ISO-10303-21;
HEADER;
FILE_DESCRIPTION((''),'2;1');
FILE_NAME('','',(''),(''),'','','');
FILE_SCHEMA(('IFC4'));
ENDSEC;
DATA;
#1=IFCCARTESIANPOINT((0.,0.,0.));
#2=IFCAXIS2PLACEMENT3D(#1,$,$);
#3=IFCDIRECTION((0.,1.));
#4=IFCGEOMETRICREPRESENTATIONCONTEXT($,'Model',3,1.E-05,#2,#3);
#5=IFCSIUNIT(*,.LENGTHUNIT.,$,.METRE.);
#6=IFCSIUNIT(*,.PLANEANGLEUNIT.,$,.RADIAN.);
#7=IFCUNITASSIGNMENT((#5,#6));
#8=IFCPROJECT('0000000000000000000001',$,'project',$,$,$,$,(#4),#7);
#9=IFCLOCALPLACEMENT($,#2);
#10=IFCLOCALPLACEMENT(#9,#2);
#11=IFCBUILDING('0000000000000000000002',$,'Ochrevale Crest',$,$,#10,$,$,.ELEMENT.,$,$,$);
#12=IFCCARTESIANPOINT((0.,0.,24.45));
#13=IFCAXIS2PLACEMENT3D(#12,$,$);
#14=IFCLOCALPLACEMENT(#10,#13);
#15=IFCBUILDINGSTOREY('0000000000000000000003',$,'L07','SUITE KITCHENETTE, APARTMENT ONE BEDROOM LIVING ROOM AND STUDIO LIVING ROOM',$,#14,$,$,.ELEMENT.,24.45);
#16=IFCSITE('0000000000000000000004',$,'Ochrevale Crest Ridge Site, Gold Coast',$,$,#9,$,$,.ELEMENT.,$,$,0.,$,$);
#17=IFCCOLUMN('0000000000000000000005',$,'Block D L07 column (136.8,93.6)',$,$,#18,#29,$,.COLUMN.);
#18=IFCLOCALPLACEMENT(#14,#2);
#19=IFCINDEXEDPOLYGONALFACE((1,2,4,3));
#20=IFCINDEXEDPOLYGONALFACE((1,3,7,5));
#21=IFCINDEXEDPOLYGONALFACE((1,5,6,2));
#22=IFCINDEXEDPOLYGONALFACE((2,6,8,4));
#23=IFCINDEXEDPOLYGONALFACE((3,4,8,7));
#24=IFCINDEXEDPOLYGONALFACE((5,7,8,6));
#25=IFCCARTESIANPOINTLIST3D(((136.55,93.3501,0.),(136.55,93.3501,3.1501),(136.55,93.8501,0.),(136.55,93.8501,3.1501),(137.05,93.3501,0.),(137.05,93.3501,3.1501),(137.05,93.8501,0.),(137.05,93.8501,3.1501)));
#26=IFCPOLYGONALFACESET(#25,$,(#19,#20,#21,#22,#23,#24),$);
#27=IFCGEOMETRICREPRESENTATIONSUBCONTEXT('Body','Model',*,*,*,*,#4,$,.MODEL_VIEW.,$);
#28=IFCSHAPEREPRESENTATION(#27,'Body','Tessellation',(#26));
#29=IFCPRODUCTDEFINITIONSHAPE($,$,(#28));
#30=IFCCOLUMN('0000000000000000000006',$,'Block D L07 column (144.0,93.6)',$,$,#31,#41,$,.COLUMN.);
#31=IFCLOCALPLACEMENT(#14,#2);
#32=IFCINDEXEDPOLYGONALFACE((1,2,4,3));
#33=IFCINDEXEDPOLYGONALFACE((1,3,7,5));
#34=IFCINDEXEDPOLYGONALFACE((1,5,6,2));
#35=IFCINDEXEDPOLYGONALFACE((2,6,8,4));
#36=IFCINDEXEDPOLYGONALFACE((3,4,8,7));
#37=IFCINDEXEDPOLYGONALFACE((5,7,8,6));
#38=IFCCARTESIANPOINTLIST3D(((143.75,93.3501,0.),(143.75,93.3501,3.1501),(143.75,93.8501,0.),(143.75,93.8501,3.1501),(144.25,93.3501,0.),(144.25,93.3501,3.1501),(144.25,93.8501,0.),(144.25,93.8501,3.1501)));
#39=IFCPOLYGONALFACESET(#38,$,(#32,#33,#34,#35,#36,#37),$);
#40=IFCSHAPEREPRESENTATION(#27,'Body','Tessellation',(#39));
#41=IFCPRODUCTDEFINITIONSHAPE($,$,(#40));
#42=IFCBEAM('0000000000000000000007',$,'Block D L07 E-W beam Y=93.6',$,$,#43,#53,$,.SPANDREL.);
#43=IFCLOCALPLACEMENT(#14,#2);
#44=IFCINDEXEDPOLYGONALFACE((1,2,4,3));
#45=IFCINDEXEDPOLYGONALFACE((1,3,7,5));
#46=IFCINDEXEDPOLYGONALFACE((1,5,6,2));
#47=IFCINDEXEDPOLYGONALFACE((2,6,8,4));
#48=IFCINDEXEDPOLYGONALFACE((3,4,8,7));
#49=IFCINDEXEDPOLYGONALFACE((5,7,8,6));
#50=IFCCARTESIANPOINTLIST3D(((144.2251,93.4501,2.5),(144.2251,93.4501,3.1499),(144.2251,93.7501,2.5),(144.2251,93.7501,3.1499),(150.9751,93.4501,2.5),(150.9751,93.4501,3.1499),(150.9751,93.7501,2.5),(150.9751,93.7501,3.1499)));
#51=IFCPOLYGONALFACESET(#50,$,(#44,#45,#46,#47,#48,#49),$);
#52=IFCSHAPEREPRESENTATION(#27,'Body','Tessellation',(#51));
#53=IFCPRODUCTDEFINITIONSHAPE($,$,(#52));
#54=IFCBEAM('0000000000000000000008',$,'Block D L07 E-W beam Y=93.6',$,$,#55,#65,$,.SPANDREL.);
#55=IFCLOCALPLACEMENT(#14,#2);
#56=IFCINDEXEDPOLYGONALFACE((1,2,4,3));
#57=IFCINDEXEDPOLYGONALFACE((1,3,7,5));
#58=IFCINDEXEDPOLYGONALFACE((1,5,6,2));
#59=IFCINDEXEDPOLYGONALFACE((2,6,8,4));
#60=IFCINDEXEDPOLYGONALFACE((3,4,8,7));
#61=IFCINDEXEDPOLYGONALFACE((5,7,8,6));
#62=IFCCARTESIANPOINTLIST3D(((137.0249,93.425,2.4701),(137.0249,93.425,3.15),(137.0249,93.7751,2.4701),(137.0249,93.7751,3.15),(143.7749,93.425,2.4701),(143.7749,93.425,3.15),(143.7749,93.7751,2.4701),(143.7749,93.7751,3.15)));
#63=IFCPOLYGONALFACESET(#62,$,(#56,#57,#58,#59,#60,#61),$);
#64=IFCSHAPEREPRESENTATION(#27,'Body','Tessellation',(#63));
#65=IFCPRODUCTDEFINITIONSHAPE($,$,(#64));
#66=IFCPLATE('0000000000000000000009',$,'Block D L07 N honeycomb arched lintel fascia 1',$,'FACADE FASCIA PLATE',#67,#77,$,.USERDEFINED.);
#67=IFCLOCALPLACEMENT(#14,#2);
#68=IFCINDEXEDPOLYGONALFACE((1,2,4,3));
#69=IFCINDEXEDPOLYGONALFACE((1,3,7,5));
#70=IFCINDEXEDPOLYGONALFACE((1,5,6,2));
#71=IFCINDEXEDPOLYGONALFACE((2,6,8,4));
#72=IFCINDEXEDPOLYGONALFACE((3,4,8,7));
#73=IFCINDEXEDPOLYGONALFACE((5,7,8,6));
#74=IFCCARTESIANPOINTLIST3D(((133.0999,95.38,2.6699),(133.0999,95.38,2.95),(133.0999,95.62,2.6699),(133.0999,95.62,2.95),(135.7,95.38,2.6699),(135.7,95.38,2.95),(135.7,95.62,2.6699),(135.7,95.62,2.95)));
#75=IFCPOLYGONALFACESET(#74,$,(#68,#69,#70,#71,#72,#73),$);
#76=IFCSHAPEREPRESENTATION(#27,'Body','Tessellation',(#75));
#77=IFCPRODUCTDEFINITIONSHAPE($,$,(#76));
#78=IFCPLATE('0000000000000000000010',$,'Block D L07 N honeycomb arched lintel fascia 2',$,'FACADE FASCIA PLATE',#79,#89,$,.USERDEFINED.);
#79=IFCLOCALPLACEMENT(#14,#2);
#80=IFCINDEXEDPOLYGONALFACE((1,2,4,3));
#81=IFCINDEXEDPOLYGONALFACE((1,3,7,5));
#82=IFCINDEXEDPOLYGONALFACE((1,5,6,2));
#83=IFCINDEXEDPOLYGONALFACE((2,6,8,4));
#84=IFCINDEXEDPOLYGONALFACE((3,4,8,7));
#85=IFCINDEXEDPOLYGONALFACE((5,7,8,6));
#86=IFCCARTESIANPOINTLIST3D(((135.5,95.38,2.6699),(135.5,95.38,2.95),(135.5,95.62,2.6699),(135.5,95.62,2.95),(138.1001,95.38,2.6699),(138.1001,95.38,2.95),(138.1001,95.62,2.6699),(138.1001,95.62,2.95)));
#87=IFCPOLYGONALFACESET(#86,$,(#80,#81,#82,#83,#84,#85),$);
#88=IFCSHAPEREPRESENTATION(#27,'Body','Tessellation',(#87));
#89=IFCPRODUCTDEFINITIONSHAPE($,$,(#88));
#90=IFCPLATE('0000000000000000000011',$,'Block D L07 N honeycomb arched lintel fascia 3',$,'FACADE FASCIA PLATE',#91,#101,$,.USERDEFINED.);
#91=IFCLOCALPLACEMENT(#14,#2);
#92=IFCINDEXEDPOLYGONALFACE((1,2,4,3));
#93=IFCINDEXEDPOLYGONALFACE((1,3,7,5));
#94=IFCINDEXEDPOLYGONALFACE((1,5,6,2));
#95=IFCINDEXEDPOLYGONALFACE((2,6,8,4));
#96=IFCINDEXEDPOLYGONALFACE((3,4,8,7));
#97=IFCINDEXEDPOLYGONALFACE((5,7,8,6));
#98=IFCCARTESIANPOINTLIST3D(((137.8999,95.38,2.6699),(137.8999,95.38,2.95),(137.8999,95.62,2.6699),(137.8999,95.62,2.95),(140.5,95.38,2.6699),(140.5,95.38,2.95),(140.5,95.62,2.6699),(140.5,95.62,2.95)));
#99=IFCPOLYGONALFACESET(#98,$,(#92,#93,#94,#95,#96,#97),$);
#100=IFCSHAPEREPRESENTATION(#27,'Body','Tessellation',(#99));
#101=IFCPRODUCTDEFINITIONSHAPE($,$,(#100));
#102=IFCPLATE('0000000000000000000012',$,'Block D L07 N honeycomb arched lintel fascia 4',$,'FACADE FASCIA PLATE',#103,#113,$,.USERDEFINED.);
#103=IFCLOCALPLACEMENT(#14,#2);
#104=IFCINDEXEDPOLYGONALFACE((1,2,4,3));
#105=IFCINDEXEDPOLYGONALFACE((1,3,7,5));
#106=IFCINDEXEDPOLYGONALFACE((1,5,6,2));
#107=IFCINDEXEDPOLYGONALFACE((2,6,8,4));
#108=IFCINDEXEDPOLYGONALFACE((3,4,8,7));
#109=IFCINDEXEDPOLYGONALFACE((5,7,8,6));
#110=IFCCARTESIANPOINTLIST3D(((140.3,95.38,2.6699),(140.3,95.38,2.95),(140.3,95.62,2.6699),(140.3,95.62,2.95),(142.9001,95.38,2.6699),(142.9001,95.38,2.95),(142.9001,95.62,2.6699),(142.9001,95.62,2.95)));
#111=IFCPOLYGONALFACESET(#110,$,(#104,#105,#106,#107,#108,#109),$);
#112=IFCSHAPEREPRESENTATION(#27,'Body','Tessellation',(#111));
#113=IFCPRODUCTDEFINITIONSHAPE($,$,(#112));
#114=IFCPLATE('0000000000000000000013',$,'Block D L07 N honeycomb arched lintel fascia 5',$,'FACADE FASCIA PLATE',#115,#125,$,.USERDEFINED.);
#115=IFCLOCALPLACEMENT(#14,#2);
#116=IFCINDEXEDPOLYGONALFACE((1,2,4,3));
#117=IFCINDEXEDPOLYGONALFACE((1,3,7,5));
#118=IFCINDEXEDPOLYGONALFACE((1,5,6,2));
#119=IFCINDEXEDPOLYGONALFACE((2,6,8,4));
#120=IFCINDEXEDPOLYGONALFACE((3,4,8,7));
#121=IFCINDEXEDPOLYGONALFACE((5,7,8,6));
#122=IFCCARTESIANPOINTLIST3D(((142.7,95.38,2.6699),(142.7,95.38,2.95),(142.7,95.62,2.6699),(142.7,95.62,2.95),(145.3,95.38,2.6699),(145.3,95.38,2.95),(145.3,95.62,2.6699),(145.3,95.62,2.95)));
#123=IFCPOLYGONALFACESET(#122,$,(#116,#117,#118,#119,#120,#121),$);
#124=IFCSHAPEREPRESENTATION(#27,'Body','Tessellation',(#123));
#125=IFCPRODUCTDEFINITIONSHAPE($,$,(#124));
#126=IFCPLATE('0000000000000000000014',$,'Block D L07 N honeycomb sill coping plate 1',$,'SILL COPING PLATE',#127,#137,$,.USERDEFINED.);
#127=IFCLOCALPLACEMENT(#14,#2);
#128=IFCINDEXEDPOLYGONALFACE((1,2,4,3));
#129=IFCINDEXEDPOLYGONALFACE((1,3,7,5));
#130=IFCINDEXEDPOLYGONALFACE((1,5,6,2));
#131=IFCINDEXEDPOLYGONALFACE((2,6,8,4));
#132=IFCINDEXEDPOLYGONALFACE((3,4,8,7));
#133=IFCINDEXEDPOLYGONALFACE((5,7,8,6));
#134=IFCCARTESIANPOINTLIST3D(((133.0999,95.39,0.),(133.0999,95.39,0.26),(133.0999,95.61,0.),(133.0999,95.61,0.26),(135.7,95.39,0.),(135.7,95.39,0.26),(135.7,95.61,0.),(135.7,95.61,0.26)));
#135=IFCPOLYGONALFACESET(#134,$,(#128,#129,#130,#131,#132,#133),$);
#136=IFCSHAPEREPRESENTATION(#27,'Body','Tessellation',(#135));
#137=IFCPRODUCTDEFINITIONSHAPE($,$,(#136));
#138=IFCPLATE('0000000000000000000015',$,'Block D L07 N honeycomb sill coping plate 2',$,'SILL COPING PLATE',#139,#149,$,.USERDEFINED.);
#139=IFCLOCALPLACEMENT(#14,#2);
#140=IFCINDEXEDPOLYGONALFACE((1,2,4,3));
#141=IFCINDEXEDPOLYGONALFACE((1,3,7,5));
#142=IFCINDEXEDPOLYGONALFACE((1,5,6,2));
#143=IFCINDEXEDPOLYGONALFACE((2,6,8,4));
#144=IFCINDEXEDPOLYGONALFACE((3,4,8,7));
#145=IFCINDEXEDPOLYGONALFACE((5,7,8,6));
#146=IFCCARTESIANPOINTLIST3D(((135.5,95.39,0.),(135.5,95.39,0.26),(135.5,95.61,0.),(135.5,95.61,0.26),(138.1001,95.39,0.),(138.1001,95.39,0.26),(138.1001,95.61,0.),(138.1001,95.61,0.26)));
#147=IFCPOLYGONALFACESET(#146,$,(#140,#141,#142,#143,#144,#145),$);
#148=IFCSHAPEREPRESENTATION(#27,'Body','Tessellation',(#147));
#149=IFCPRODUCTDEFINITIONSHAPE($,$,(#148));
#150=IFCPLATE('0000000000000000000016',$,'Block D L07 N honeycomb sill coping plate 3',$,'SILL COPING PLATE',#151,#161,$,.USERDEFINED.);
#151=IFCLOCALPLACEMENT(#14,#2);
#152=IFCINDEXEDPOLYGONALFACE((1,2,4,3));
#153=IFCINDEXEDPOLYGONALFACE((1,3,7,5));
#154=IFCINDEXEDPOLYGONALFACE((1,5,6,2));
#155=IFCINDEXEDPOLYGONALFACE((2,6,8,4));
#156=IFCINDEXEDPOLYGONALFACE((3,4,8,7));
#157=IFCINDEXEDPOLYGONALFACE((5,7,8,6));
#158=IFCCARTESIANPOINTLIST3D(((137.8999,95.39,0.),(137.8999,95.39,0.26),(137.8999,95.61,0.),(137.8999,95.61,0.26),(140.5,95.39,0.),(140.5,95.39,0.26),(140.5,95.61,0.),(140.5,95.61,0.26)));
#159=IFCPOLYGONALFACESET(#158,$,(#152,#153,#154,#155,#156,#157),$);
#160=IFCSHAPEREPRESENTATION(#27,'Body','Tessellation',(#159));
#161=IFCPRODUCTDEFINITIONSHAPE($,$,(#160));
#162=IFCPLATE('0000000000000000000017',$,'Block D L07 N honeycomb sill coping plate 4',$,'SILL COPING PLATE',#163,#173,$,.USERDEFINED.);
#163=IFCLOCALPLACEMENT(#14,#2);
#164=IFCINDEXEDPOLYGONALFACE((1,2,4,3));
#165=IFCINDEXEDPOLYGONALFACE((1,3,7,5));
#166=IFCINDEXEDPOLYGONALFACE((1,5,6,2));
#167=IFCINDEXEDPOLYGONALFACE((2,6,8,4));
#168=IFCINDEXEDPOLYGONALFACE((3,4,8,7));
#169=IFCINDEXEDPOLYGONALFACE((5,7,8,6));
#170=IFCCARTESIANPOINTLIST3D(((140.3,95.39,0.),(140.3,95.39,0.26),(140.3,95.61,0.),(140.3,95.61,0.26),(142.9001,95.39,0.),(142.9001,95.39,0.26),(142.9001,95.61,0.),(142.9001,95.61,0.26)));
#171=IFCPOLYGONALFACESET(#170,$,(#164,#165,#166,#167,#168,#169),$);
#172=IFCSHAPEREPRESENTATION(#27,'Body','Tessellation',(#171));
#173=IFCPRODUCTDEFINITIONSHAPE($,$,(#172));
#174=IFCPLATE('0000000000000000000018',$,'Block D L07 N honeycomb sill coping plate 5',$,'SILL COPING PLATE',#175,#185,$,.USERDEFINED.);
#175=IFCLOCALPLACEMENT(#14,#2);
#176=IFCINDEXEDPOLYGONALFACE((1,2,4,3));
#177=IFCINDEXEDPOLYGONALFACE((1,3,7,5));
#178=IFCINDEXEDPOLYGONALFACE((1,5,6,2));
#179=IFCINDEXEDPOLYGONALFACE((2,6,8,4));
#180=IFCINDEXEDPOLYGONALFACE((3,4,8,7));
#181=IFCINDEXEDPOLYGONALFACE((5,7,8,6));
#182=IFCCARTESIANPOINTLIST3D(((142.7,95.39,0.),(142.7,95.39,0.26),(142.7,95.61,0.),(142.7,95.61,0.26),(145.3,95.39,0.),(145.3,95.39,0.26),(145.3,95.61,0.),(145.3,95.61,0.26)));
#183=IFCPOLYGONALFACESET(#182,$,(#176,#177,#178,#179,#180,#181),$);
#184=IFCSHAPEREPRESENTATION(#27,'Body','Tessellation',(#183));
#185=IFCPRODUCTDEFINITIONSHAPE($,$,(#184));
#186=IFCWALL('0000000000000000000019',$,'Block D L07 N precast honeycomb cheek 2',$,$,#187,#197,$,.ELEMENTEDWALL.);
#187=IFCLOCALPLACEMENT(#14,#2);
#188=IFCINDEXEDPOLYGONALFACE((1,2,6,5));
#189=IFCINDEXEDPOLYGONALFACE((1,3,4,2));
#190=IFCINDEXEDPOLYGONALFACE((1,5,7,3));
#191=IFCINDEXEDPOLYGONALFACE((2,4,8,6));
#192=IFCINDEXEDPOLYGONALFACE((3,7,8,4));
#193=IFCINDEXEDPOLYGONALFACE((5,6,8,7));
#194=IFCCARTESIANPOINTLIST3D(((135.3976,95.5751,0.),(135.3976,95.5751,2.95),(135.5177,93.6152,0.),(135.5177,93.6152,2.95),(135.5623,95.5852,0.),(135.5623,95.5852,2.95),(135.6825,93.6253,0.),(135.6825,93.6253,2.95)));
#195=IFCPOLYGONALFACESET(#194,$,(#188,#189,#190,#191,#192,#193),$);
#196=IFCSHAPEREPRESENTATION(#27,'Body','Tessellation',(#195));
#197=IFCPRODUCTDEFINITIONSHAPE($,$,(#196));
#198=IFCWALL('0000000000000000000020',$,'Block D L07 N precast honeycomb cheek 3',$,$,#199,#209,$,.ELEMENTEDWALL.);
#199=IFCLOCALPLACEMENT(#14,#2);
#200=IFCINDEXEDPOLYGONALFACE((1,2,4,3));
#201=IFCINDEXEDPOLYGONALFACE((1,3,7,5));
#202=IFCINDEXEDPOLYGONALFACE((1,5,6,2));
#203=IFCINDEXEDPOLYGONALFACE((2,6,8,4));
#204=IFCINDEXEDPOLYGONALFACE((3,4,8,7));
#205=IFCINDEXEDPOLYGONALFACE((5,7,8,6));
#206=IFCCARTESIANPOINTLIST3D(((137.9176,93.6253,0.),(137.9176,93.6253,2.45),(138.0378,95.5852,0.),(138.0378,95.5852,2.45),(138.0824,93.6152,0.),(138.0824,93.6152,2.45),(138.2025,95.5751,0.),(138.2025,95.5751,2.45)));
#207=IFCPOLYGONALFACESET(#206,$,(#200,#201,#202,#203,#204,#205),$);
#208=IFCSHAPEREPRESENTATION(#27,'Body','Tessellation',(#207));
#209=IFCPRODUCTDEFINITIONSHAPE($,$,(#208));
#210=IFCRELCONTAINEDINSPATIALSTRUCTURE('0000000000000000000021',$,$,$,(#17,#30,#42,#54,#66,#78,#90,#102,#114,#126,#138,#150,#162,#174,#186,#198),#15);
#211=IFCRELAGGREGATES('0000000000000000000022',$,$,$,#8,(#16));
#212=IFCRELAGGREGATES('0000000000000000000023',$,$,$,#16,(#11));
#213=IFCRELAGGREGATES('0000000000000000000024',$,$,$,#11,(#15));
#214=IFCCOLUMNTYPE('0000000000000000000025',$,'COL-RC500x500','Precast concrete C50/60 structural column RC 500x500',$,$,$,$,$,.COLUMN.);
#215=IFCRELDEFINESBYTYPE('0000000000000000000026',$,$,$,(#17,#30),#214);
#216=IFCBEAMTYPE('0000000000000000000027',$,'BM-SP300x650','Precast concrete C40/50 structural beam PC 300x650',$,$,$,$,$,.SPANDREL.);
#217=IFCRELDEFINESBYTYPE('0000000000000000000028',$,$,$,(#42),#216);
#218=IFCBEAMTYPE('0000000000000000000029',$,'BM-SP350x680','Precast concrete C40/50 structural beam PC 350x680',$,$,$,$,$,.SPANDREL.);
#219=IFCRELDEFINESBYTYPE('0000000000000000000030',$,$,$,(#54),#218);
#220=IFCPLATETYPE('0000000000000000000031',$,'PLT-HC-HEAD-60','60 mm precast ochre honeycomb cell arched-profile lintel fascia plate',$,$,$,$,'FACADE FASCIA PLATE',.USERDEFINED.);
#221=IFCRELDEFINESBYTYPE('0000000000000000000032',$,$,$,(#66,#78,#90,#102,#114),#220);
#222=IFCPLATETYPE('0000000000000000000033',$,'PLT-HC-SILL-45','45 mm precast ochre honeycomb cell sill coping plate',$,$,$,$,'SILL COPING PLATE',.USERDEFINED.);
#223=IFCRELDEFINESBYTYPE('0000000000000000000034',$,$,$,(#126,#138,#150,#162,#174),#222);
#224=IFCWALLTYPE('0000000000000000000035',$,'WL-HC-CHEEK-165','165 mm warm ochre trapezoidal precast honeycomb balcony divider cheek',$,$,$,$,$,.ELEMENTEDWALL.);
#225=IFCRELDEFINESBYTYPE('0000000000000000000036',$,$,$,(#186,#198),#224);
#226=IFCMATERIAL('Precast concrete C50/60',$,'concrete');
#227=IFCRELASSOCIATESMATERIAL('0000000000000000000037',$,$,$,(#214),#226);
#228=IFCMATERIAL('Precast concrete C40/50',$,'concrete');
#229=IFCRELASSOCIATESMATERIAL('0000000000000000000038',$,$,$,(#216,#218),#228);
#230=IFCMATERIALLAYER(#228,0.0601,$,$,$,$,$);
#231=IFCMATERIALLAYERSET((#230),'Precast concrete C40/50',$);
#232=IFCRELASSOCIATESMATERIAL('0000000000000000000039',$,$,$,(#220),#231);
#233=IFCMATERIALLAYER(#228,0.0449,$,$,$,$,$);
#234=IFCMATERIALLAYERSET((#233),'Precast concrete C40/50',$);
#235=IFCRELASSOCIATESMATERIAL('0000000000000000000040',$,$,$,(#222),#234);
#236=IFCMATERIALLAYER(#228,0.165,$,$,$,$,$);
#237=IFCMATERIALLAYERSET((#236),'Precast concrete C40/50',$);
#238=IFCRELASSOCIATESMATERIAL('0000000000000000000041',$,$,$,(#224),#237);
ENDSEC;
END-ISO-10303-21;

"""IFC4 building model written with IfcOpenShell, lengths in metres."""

from ifc_helpers import new_model, si_unit, direction, frame, frame_2d, origin, origin_2d, place, context, subcontext, project, spatial, rectangle, extrude, material, layer, layer_set, material_profile, profile_set, type_object, element, save


model = new_model("IFC4")

# Units and contexts
model_context = context("Model", 3, precision=1e-05, world=origin(), true_north=direction((0.0, 1.0)))
body_context = subcontext(model_context, "Body", "Model", "MODEL_VIEW")
ifc_project = project(units=[si_unit("LENGTHUNIT", "METRE"), si_unit("PLANEANGLEUNIT", "RADIAN")], contexts=[model_context])

# Site, building, storey
site_placement = place(None, origin())
site = spatial("IfcSite", under=ifc_project, at=site_placement, Name="Ochrevale Crest Ridge Site, Gold Coast", CompositionType="ELEMENT", RefElevation=0.0)
building_placement = place(site_placement, origin())
building = spatial("IfcBuilding", under=site, at=building_placement, Name="Ochrevale Crest", CompositionType="ELEMENT")
storey_placement = place(building_placement, frame((0.0, 0.0, 24.45)))
storey = spatial("IfcBuildingStorey", under=building, at=storey_placement, Name="L07", Description="SUITE KITCHENETTE, APARTMENT ONE BEDROOM LIVING ROOM AND STUDIO LIVING ROOM", CompositionType="ELEMENT", Elevation=24.45)

# Columns
ifc_material_1 = material(Name="Precast concrete C50/60", Category="concrete")
ifc_material_profile_1 = material_profile(ifc_material_1, rectangle(XDim=0.5, YDim=0.5, at=origin_2d()), Name="RC 500x500")
ifc_profile_set_1 = profile_set([ifc_material_profile_1], Name="Precast concrete C50/60")
column_type = type_object("IfcColumnType", Name="COL-RC500x500", Description="Precast concrete C50/60 structural column RC 500x500", PredefinedType="COLUMN", material=ifc_profile_set_1)
for number, where, z_axis, x_axis, name in (
    (1, (136.8, 93.6001, 0.0), (0.0, 0.0, 1.0), (1.0, 0.0, 0.0), "Block D L07 column (136.8,93.6)"),
    (2, (144.0, 93.6001, 0.0), (0.0, 0.0, 1.0), (1.0, 0.0, 0.0), "Block D L07 column (144.0,93.6)"),
):
    element("IfcColumn", number, at=place(storey_placement, frame(where, z_axis=z_axis, x_axis=x_axis)), inside=storey, type_object=column_type, Name=name, PredefinedType="COLUMN", context=body_context, shape_type="SweptSolid", body=[
        extrude(rectangle(XDim=0.5, YDim=0.5, at=origin_2d()), origin(), (0.0, 0.0, 1.0), 3.1501),
    ])

# Beams
ifc_material_2 = material(Name="Precast concrete C40/50", Category="concrete")
ifc_material_profile_2 = material_profile(ifc_material_2, rectangle(XDim=0.3, YDim=0.6499, at=origin_2d()), Name="PC 300x650")
ifc_profile_set_2 = profile_set([ifc_material_profile_2], Name="Precast concrete C40/50")
beam_type_1 = type_object("IfcBeamType", Name="BM-SP300x650", Description="Precast concrete C40/50 structural beam PC 300x650", PredefinedType="SPANDREL", material=ifc_profile_set_2)
beam_1_placement = place(storey_placement, frame((144.2251, 93.6001, 2.825), z_axis=(1.0, 0.0, 0.0), x_axis=(0.0, 1.0, 0.0)))
element("IfcBeam", 3, at=beam_1_placement, inside=storey, type_object=beam_type_1, Name="Block D L07 E-W beam Y=93.6", PredefinedType="SPANDREL", context=body_context, shape_type="SweptSolid", body=[
    extrude(rectangle(XDim=0.3, YDim=0.6499, at=origin_2d()), origin(), (0.0, 0.0, 1.0), 6.75),
])
ifc_material_profile_3 = material_profile(ifc_material_2, rectangle(XDim=0.3501, YDim=0.6799, at=origin_2d()), Name="PC 350x680")
ifc_profile_set_3 = profile_set([ifc_material_profile_3], Name="Precast concrete C40/50")
beam_type_2 = type_object("IfcBeamType", Name="BM-SP350x680", Description="Precast concrete C40/50 structural beam PC 350x680", PredefinedType="SPANDREL", material=ifc_profile_set_3)
beam_2_placement = place(storey_placement, frame((137.0249, 93.6001, 2.8101), z_axis=(1.0, 0.0, 0.0), x_axis=(0.0, 1.0, 0.0)))
element("IfcBeam", 4, at=beam_2_placement, inside=storey, type_object=beam_type_2, Name="Block D L07 E-W beam Y=93.6", PredefinedType="SPANDREL", context=body_context, shape_type="SweptSolid", body=[
    extrude(rectangle(XDim=0.3501, YDim=0.6799, at=origin_2d()), origin(), (0.0, 0.0, 1.0), 6.75),
])

# Plates
ifc_layer_1 = layer(ifc_material_2, 0.0601)
ifc_layer_set_1 = layer_set([ifc_layer_1], Name="Precast concrete C40/50")
plate_type_1 = type_object("IfcPlateType", Name="PLT-HC-HEAD-60", Description="60 mm precast ochre honeycomb cell arched-profile lintel fascia plate", ElementType="FACADE FASCIA PLATE", PredefinedType="USERDEFINED", material=ifc_layer_set_1)
for number, where, z_axis, x_axis, name in (
    (5, (134.3999, 95.5, 2.6699), (0.0, 0.0, 1.0), (1.0, 0.0, 0.0), "Block D L07 N honeycomb arched lintel fascia 1"),
    (6, (136.8, 95.5, 2.6699), (0.0, 0.0, 1.0), (1.0, 0.0, 0.0), "Block D L07 N honeycomb arched lintel fascia 2"),
    (7, (139.2, 95.5, 2.6699), (0.0, 0.0, 1.0), (1.0, 0.0, 0.0), "Block D L07 N honeycomb arched lintel fascia 3"),
    (8, (141.6001, 95.5, 2.6699), (0.0, 0.0, 1.0), (1.0, 0.0, 0.0), "Block D L07 N honeycomb arched lintel fascia 4"),
    (9, (144.0, 95.5, 2.6699), (0.0, 0.0, 1.0), (1.0, 0.0, 0.0), "Block D L07 N honeycomb arched lintel fascia 5"),
):
    element("IfcPlate", number, at=place(storey_placement, frame(where, z_axis=z_axis, x_axis=x_axis)), inside=storey, type_object=plate_type_1, Name=name, ObjectType="FACADE FASCIA PLATE", PredefinedType="USERDEFINED", context=body_context, shape_type="SweptSolid", body=[
        extrude(rectangle(XDim=2.6001, YDim=0.24, at=origin_2d()), origin(), (0.0, 0.0, 1.0), 0.28),
    ])
ifc_layer_2 = layer(ifc_material_2, 0.0449)
ifc_layer_set_2 = layer_set([ifc_layer_2], Name="Precast concrete C40/50")
plate_type_2 = type_object("IfcPlateType", Name="PLT-HC-SILL-45", Description="45 mm precast ochre honeycomb cell sill coping plate", ElementType="SILL COPING PLATE", PredefinedType="USERDEFINED", material=ifc_layer_set_2)
for number, where, z_axis, x_axis, name in (
    (10, (134.3999, 95.5, 0.0), (0.0, 0.0, 1.0), (1.0, 0.0, 0.0), "Block D L07 N honeycomb sill coping plate 1"),
    (11, (136.8, 95.5, 0.0), (0.0, 0.0, 1.0), (1.0, 0.0, 0.0), "Block D L07 N honeycomb sill coping plate 2"),
    (12, (139.2, 95.5, 0.0), (0.0, 0.0, 1.0), (1.0, 0.0, 0.0), "Block D L07 N honeycomb sill coping plate 3"),
    (13, (141.6001, 95.5, 0.0), (0.0, 0.0, 1.0), (1.0, 0.0, 0.0), "Block D L07 N honeycomb sill coping plate 4"),
    (14, (144.0, 95.5, 0.0), (0.0, 0.0, 1.0), (1.0, 0.0, 0.0), "Block D L07 N honeycomb sill coping plate 5"),
):
    element("IfcPlate", number, at=place(storey_placement, frame(where, z_axis=z_axis, x_axis=x_axis)), inside=storey, type_object=plate_type_2, Name=name, ObjectType="SILL COPING PLATE", PredefinedType="USERDEFINED", context=body_context, shape_type="SweptSolid", body=[
        extrude(rectangle(XDim=2.6001, YDim=0.22, at=origin_2d()), origin(), (0.0, 0.0, 1.0), 0.26),
    ])

# Walls
ifc_layer_3 = layer(ifc_material_2, 0.165)
ifc_layer_set_3 = layer_set([ifc_layer_3], Name="Precast concrete C40/50")
wall_type_1 = type_object("IfcWallType", Name="WL-HC-CHEEK-165", Description="165 mm warm ochre trapezoidal precast honeycomb balcony divider cheek", PredefinedType="ELEMENTEDWALL", material=ifc_layer_set_3)
wall_1_placement = place(storey_placement, frame((135.6001, 93.6201, 0.0), z_axis=(0.0, 0.0, 1.0), x_axis=(-0.061171, 0.998127, 0.0)))
element("IfcWall", 15, at=wall_1_placement, inside=storey, type_object=wall_type_1, Name="Block D L07 N precast honeycomb cheek 2", PredefinedType="ELEMENTEDWALL", context=body_context, shape_type="SweptSolid", body=[
    extrude(rectangle(XDim=1.9636, YDim=0.165, at=frame_2d((0.9819, 0.0))), origin(), (0.0, 0.0, 1.0), 2.95),
])
for number, where, z_axis, x_axis, name in (
    (16, (138.0, 93.6201, 0.0), (0.0, 0.0, 1.0), (0.061171, 0.998127, 0.0), "Block D L07 N precast honeycomb cheek 3"),
):
    element("IfcWall", number, at=place(storey_placement, frame(where, z_axis=z_axis, x_axis=x_axis)), inside=storey, type_object=wall_type_1, Name=name, PredefinedType="ELEMENTEDWALL", context=body_context, shape_type="SweptSolid", body=[
        extrude(rectangle(XDim=1.9636, YDim=0.165, at=frame_2d((0.9819, 0.0))), origin(), (0.0, 0.0, 1.0), 2.45),
    ])

save(model, "model.ifc")
